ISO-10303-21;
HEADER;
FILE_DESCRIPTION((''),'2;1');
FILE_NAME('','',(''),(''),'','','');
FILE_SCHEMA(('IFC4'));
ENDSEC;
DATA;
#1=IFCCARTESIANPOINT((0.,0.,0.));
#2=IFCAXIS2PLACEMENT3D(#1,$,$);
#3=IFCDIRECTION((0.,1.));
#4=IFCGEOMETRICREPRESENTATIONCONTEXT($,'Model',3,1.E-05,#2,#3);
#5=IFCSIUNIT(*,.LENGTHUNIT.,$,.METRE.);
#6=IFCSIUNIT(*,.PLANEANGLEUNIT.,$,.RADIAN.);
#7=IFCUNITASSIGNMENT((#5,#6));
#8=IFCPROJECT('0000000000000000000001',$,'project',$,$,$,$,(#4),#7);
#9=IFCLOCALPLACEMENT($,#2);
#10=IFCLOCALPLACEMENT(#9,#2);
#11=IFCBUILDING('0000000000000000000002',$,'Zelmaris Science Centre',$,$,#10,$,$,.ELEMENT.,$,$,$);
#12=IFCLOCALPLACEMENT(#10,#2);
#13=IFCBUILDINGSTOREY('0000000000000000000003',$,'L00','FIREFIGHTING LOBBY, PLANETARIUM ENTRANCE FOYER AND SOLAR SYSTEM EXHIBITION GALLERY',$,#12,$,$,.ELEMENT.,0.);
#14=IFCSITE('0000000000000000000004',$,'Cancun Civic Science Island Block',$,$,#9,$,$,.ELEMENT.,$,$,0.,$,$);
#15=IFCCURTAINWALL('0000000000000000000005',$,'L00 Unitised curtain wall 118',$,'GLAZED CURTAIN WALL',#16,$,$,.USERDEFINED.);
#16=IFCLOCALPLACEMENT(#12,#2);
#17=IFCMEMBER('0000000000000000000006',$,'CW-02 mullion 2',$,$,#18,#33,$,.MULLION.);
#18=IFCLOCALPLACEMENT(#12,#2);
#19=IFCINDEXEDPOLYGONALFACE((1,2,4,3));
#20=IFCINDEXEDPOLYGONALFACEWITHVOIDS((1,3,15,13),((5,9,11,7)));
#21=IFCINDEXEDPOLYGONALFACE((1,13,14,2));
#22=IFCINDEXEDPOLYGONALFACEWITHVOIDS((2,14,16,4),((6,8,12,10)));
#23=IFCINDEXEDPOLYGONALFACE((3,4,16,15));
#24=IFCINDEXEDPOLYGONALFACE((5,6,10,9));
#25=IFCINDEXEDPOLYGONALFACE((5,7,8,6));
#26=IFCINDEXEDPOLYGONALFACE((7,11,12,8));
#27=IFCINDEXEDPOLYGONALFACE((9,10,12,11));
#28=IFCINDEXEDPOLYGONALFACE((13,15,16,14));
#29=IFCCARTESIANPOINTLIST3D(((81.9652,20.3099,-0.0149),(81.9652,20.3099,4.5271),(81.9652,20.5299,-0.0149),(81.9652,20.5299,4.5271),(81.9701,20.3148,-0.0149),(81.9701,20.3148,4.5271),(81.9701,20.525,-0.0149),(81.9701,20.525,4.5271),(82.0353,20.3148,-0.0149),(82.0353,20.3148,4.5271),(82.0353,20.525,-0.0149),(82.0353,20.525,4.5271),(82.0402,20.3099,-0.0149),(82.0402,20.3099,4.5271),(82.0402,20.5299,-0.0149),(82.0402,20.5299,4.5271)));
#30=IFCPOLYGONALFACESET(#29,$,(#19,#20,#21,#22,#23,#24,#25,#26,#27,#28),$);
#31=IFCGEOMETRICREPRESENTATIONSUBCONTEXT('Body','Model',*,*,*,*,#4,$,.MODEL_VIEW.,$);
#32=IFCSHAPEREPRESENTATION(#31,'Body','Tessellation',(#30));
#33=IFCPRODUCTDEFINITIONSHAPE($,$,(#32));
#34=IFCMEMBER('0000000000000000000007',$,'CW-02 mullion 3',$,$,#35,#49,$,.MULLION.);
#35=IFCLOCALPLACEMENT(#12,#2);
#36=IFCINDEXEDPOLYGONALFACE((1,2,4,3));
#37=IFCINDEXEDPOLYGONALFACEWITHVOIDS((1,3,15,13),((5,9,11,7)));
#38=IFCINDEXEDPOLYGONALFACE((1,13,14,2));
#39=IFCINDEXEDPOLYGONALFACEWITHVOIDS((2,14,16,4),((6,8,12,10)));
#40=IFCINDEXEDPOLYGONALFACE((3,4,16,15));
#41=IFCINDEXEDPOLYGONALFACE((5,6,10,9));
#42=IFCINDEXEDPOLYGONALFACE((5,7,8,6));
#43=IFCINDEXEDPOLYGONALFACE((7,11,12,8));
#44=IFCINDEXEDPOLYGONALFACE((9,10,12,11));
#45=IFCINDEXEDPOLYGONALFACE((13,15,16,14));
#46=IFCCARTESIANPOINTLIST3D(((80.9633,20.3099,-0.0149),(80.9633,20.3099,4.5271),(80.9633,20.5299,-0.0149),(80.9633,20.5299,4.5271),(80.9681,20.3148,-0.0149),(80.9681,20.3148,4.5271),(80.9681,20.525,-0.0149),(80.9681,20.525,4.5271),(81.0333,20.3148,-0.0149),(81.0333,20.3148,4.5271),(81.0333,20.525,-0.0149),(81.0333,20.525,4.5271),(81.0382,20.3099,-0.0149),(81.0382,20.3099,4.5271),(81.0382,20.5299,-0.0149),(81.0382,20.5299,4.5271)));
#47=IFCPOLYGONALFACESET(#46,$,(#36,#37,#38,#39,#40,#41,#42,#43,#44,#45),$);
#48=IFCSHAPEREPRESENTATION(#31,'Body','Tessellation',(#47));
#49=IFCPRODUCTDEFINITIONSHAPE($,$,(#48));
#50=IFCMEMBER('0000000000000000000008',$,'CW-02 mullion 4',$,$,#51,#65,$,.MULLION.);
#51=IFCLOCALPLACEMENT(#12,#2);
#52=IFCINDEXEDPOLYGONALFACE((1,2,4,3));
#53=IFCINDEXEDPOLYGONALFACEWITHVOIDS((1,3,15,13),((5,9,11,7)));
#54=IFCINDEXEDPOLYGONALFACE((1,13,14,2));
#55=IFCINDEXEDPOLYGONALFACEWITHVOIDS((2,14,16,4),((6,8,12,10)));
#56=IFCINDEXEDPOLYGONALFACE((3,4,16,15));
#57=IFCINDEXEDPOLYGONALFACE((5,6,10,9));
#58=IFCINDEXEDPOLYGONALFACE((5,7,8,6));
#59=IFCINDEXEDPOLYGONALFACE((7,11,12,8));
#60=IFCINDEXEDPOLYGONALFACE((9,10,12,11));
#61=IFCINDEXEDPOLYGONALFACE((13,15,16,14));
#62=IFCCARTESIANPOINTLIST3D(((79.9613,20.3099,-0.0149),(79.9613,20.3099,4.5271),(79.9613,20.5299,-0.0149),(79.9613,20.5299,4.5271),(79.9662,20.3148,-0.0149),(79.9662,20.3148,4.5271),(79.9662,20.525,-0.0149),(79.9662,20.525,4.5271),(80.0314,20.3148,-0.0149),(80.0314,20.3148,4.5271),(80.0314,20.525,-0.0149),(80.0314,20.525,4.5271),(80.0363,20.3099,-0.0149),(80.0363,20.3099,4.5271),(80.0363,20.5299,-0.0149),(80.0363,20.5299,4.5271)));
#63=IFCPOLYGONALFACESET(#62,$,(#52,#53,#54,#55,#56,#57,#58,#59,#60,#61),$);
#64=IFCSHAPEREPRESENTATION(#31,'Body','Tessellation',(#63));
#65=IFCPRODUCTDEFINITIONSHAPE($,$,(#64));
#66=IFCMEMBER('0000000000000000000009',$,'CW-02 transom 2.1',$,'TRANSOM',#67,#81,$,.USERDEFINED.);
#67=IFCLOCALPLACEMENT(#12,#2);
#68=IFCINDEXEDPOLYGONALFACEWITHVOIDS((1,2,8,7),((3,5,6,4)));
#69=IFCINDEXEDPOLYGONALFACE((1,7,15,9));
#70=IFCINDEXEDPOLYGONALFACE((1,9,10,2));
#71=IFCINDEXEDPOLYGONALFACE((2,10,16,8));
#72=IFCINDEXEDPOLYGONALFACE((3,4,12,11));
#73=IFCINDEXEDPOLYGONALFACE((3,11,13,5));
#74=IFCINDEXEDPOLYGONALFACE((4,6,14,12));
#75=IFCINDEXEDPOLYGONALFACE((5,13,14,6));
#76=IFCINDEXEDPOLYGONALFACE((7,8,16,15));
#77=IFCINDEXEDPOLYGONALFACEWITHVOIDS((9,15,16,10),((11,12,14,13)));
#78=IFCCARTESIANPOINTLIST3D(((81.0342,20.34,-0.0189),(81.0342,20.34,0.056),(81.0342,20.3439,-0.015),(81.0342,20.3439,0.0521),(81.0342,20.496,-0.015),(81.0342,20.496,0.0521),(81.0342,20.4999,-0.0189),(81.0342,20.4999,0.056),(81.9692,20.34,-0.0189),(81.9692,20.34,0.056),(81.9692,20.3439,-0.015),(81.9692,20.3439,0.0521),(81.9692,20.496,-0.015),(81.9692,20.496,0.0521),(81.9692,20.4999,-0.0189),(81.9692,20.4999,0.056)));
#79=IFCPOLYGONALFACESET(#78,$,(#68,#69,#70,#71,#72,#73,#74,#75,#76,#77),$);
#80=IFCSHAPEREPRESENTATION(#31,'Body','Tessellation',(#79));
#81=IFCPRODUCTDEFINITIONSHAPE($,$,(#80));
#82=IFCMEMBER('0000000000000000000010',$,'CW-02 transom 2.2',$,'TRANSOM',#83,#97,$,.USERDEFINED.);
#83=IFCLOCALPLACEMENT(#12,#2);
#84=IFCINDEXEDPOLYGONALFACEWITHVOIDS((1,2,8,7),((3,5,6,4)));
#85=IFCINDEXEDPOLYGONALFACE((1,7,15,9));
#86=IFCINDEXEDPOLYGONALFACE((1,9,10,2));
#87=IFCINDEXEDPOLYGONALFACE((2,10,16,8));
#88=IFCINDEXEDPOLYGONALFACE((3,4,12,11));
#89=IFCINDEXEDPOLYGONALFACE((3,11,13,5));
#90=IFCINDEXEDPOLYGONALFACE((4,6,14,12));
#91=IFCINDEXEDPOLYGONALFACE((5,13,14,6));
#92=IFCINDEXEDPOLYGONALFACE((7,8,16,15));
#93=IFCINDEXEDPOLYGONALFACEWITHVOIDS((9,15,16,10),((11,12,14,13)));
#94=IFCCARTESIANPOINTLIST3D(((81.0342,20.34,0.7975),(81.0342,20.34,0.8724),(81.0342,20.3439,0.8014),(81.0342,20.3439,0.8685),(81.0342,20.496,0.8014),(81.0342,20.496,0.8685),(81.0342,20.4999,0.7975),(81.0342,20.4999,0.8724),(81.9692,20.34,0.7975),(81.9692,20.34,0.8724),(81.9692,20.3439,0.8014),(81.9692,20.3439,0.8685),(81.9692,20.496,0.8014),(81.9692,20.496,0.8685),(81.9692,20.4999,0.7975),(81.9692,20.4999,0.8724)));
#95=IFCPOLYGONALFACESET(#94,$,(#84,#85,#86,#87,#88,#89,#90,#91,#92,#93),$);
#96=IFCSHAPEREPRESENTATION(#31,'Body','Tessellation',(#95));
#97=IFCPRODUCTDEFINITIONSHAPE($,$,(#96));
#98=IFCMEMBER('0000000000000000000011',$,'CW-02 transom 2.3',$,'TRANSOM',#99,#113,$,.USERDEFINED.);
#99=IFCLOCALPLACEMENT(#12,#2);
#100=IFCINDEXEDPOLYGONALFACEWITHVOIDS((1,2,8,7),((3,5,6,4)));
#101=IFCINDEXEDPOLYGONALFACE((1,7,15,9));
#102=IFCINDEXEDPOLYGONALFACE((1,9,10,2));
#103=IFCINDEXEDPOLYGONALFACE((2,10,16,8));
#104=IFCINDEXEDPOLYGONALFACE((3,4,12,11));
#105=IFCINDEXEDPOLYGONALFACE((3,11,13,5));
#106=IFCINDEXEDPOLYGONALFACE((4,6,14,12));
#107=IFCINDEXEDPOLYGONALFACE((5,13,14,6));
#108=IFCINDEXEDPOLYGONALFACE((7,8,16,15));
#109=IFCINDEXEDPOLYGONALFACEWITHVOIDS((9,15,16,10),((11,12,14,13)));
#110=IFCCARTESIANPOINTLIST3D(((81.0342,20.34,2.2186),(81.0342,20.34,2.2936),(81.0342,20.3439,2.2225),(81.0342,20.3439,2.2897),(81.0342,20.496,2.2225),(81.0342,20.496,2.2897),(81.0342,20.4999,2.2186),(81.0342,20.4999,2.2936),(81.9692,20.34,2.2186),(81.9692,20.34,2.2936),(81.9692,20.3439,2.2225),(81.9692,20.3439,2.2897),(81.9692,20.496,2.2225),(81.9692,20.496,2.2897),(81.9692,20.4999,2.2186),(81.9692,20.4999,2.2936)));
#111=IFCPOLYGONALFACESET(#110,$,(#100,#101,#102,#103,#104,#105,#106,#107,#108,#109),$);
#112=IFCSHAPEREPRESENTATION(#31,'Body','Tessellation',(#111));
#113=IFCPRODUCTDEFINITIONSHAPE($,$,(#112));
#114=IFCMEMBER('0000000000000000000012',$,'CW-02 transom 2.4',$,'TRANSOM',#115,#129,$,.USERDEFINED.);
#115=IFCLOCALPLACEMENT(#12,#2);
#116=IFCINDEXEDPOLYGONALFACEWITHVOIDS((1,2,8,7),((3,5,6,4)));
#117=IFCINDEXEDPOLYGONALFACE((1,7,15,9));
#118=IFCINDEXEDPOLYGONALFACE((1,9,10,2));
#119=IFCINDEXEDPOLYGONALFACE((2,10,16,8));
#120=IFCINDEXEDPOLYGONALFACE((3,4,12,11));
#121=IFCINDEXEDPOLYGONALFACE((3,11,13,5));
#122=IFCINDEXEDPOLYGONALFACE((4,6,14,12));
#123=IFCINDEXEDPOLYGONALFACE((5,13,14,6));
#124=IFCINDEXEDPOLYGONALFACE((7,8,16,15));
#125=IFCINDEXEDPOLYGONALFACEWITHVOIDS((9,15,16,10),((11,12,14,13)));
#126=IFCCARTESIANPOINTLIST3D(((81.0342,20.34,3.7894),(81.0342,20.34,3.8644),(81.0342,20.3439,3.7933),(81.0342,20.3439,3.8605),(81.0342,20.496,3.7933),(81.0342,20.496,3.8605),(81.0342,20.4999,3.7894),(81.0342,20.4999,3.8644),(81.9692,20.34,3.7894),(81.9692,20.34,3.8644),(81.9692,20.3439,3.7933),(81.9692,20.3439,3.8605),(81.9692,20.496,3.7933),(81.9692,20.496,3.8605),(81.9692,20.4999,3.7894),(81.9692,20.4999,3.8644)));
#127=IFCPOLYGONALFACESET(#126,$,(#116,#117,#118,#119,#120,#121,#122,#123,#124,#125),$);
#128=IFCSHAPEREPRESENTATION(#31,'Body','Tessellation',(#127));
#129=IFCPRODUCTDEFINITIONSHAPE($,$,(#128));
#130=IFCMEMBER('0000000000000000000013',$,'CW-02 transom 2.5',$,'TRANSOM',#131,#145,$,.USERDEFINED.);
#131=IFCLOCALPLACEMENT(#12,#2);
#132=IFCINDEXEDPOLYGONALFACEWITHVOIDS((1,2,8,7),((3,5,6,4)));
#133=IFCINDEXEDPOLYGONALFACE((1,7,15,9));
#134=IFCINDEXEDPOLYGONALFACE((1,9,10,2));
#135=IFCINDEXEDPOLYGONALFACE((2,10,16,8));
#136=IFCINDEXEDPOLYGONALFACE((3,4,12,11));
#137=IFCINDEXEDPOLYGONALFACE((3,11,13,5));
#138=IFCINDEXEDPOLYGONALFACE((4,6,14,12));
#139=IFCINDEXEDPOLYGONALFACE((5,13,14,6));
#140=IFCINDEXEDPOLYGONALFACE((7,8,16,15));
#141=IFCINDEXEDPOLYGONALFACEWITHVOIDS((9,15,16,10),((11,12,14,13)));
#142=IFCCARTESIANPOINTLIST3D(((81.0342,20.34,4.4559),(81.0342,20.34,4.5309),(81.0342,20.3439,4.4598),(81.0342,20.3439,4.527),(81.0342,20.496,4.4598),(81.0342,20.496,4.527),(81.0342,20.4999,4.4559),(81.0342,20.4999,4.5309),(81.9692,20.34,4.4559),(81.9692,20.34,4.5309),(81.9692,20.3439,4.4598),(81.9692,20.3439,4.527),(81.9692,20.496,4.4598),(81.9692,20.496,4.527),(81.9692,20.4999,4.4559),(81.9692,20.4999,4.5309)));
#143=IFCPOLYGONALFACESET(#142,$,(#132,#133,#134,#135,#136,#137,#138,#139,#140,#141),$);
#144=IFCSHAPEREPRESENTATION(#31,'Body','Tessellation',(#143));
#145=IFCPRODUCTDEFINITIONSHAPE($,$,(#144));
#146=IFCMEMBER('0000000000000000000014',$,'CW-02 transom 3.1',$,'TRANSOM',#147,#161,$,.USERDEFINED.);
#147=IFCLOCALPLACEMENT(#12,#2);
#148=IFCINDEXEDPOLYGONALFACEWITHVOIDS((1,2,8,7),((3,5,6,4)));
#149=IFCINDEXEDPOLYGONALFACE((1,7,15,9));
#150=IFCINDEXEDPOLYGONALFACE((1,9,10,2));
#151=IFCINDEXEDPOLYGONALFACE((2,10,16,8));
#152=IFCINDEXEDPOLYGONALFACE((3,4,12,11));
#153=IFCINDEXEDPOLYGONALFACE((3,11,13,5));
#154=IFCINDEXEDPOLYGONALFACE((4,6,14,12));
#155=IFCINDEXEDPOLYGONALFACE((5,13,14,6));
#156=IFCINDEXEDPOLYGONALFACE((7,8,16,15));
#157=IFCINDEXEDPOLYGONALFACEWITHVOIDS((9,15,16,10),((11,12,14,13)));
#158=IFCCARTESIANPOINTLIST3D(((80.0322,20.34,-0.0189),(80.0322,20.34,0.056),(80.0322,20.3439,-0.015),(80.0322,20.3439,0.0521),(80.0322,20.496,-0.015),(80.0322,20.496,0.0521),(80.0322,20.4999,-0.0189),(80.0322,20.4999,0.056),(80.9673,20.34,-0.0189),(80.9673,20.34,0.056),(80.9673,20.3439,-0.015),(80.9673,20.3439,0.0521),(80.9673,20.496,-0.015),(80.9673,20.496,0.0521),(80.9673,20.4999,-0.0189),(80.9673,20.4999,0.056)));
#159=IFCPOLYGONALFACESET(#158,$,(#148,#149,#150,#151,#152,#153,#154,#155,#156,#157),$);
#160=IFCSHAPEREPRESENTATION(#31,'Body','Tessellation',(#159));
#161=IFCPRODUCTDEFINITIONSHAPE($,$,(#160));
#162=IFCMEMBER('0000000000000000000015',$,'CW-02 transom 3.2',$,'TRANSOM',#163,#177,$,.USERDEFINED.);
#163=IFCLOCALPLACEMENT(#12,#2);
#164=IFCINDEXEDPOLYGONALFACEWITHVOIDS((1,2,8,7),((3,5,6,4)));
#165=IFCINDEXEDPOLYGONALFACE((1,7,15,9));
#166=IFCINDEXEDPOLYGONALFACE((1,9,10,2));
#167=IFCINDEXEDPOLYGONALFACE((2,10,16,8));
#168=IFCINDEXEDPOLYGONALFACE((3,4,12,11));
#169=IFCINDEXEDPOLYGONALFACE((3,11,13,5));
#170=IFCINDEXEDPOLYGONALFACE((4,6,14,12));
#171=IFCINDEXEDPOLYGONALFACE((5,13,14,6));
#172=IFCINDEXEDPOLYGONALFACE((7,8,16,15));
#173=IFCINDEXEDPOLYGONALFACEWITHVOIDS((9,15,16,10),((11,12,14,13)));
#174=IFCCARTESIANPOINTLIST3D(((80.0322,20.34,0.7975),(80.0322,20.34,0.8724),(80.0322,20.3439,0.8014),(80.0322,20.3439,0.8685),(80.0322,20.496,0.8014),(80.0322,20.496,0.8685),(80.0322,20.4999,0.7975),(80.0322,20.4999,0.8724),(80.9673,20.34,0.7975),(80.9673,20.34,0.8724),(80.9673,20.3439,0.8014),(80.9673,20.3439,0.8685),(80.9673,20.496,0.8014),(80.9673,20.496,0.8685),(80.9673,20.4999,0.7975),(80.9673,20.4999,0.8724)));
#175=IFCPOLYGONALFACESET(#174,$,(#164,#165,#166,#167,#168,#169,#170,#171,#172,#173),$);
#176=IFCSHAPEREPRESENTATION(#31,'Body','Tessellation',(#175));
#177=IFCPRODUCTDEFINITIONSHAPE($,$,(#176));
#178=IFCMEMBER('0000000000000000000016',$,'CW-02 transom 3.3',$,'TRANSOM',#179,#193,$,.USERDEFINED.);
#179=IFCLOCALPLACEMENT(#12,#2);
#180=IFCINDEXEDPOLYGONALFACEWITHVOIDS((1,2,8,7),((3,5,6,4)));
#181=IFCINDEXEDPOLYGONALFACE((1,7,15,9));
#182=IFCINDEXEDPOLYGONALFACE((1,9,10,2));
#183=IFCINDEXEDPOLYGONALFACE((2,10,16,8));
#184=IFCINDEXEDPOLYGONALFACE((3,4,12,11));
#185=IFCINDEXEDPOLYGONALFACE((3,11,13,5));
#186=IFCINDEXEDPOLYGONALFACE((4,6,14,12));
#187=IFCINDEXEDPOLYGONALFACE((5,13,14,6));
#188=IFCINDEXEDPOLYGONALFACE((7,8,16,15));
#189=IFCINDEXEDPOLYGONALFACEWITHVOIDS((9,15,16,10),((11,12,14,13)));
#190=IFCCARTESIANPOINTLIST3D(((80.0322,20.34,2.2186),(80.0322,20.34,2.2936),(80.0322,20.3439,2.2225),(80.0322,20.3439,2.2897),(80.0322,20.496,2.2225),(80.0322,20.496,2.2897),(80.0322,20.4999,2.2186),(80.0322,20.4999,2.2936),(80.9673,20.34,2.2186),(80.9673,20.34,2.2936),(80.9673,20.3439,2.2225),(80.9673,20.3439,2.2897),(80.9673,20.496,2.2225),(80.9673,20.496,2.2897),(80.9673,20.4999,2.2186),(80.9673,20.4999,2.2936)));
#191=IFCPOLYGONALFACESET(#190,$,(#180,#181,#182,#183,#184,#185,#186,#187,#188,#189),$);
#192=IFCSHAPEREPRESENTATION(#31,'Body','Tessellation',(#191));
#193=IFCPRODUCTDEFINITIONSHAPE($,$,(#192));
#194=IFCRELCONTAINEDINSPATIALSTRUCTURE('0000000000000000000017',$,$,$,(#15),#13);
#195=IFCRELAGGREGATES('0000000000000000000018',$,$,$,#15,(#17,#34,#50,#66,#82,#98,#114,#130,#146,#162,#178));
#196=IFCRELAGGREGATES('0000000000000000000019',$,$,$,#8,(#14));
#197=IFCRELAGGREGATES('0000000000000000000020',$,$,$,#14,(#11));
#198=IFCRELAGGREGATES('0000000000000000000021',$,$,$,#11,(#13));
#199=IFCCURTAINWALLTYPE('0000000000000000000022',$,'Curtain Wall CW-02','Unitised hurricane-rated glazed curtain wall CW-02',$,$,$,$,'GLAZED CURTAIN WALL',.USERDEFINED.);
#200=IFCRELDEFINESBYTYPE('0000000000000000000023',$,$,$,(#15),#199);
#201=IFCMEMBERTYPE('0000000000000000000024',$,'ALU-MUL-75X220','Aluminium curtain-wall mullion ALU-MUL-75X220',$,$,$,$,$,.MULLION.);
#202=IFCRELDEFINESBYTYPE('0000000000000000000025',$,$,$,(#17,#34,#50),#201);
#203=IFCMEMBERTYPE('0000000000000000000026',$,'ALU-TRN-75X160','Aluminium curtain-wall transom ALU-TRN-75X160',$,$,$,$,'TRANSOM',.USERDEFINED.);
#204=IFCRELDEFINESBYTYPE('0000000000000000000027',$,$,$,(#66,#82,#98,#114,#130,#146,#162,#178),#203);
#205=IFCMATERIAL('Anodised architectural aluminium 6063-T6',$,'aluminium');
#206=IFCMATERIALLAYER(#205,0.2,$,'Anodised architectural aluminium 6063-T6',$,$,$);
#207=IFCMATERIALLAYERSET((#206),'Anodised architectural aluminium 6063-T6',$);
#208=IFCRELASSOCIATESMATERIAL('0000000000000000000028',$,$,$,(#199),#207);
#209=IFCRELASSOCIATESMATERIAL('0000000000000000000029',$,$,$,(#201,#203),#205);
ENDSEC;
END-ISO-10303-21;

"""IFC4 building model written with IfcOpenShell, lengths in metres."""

from ifc_helpers import new_model, si_unit, direction, frame, origin, origin_2d, place, context, subcontext, project, spatial, hollow_rectangle, extrude, material, layer, layer_set, material_profile, profile_set, type_object, element, aggregate, save


model = new_model("IFC4")

# Units and contexts
model_context = context("Model", 3, precision=1e-05, world=origin(), true_north=direction((0.0, 1.0)))
body_context = subcontext(model_context, "Body", "Model", "MODEL_VIEW")
ifc_project = project(units=[si_unit("LENGTHUNIT", "METRE"), si_unit("PLANEANGLEUNIT", "RADIAN")], contexts=[model_context])

# Site, building, storey
site_placement = place(None, origin())
site = spatial("IfcSite", under=ifc_project, at=site_placement, Name="Cancun Civic Science Island Block", CompositionType="ELEMENT", RefElevation=0.0)
building_placement = place(site_placement, origin())
building = spatial("IfcBuilding", under=site, at=building_placement, Name="Zelmaris Science Centre", CompositionType="ELEMENT")
storey_placement = place(building_placement, origin())
storey = spatial("IfcBuildingStorey", under=building, at=storey_placement, Name="L00", Description="FIREFIGHTING LOBBY, PLANETARIUM ENTRANCE FOYER AND SOLAR SYSTEM EXHIBITION GALLERY", CompositionType="ELEMENT", Elevation=0.0)

# Curtain wall, members
ifc_material_1 = material(Name="Anodised architectural aluminium 6063-T6", Category="aluminium")
ifc_layer_1 = layer(ifc_material_1, 0.2, Name="Anodised architectural aluminium 6063-T6")
ifc_layer_set_1 = layer_set([ifc_layer_1], Name="Anodised architectural aluminium 6063-T6")
curtain_wall_type = type_object("IfcCurtainWallType", Name="Curtain Wall CW-02", Description="Unitised hurricane-rated glazed curtain wall CW-02", ElementType="GLAZED CURTAIN WALL", PredefinedType="USERDEFINED", material=ifc_layer_set_1)
curtain_wall_placement = place(storey_placement, origin())
curtain_wall = element("IfcCurtainWall", 1, at=curtain_wall_placement, inside=storey, type_object=curtain_wall_type, Name="L00 Unitised curtain wall 118", ObjectType="GLAZED CURTAIN WALL", PredefinedType="USERDEFINED")
ifc_material_profile_1 = material_profile(ifc_material_1, hollow_rectangle(XDim=0.075, YDim=0.22, WallThickness=0.0049, at=origin_2d()), Name="ALU-MUL-75X220")
ifc_profile_set_1 = profile_set([ifc_material_profile_1], Name="Anodised architectural aluminium 6063-T6")
member_type_1 = type_object("IfcMemberType", Name="ALU-MUL-75X220", Description="Aluminium curtain-wall mullion ALU-MUL-75X220", PredefinedType="MULLION", material=ifc_profile_set_1)
member_1_placement = place(storey_placement, frame((82.0027, 20.4199, -0.0149), z_axis=(0.0, 0.0, 1.0), x_axis=(-1.0, -0.000003, 0.0)))
member_1 = element("IfcMember", 2, at=member_1_placement, type_object=member_type_1, Name="CW-02 mullion 2", PredefinedType="MULLION", context=body_context, shape_type="SweptSolid", body=[
    extrude(hollow_rectangle(XDim=0.075, YDim=0.22, WallThickness=0.0049, at=origin_2d()), origin(), (0.0, 0.0, 1.0), 4.542),
])
member_2_placement = place(storey_placement, frame((81.0007, 20.4199, -0.0149), z_axis=(0.0, 0.0, 1.0), x_axis=(-1.0, -0.000003, 0.0)))
member_2 = element("IfcMember", 3, at=member_2_placement, type_object=member_type_1, Name="CW-02 mullion 3", PredefinedType="MULLION", context=body_context, shape_type="SweptSolid", body=[
    extrude(hollow_rectangle(XDim=0.075, YDim=0.22, WallThickness=0.0049, at=origin_2d()), origin(), (0.0, 0.0, 1.0), 4.542),
])
member_3_placement = place(storey_placement, frame((79.9988, 20.4199, -0.0149), z_axis=(0.0, 0.0, 1.0), x_axis=(-1.0, -0.000003, 0.0)))
member_3 = element("IfcMember", 4, at=member_3_placement, type_object=member_type_1, Name="CW-02 mullion 4", PredefinedType="MULLION", context=body_context, shape_type="SweptSolid", body=[
    extrude(hollow_rectangle(XDim=0.075, YDim=0.22, WallThickness=0.0049, at=origin_2d()), origin(), (0.0, 0.0, 1.0), 4.542),
])
ifc_material_profile_2 = material_profile(ifc_material_1, hollow_rectangle(XDim=0.075, YDim=0.1599, WallThickness=0.0039, at=origin_2d()), Name="ALU-TRN-75X160")
ifc_profile_set_2 = profile_set([ifc_material_profile_2], Name="Anodised architectural aluminium 6063-T6")
member_type_2 = type_object("IfcMemberType", Name="ALU-TRN-75X160", Description="Aluminium curtain-wall transom ALU-TRN-75X160", ElementType="TRANSOM", PredefinedType="USERDEFINED", material=ifc_profile_set_2)
member_4_placement = place(storey_placement, frame((81.9692, 20.4199, 0.0186), z_axis=(-1.0, 0.0, 0.0), x_axis=(0.0, 0.0, 1.0)))
member_4 = element("IfcMember", 5, at=member_4_placement, type_object=member_type_2, Name="CW-02 transom 2.1", ObjectType="TRANSOM", PredefinedType="USERDEFINED", context=body_context, shape_type="SweptSolid", body=[
    extrude(hollow_rectangle(XDim=0.075, YDim=0.1599, WallThickness=0.0039, at=origin_2d()), origin(), (0.0, 0.0, 1.0), 0.9351),
])
member_5_placement = place(storey_placement, frame((81.9692, 20.4199, 0.835), z_axis=(-1.0, 0.0, 0.0), x_axis=(0.0, 0.0, 1.0)))
member_5 = element("IfcMember", 6, at=member_5_placement, type_object=member_type_2, Name="CW-02 transom 2.2", ObjectType="TRANSOM", PredefinedType="USERDEFINED", context=body_context, shape_type="SweptSolid", body=[
    extrude(hollow_rectangle(XDim=0.075, YDim=0.1599, WallThickness=0.0039, at=origin_2d()), origin(), (0.0, 0.0, 1.0), 0.9351),
])
member_6_placement = place(storey_placement, frame((81.9692, 20.4199, 2.2561), z_axis=(-1.0, 0.0, 0.0), x_axis=(0.0, 0.0, 1.0)))
member_6 = element("IfcMember", 7, at=member_6_placement, type_object=member_type_2, Name="CW-02 transom 2.3", ObjectType="TRANSOM", PredefinedType="USERDEFINED", context=body_context, shape_type="SweptSolid", body=[
    extrude(hollow_rectangle(XDim=0.075, YDim=0.1599, WallThickness=0.0039, at=origin_2d()), origin(), (0.0, 0.0, 1.0), 0.9351),
])
member_7_placement = place(storey_placement, frame((81.9692, 20.4199, 3.8269), z_axis=(-1.0, 0.0, 0.0), x_axis=(0.0, 0.0, 1.0)))
member_7 = element("IfcMember", 8, at=member_7_placement, type_object=member_type_2, Name="CW-02 transom 2.4", ObjectType="TRANSOM", PredefinedType="USERDEFINED", context=body_context, shape_type="SweptSolid", body=[
    extrude(hollow_rectangle(XDim=0.075, YDim=0.1599, WallThickness=0.0039, at=origin_2d()), origin(), (0.0, 0.0, 1.0), 0.9351),
])
member_8_placement = place(storey_placement, frame((81.9692, 20.4199, 4.4934), z_axis=(-1.0, 0.0, 0.0), x_axis=(0.0, 0.0, 1.0)))
member_8 = element("IfcMember", 9, at=member_8_placement, type_object=member_type_2, Name="CW-02 transom 2.5", ObjectType="TRANSOM", PredefinedType="USERDEFINED", context=body_context, shape_type="SweptSolid", body=[
    extrude(hollow_rectangle(XDim=0.075, YDim=0.1599, WallThickness=0.0039, at=origin_2d()), origin(), (0.0, 0.0, 1.0), 0.9351),
])
member_9_placement = place(storey_placement, frame((80.9673, 20.4199, 0.0186), z_axis=(-1.0, 0.0, 0.0), x_axis=(0.0, 0.0, 1.0)))
member_9 = element("IfcMember", 10, at=member_9_placement, type_object=member_type_2, Name="CW-02 transom 3.1", ObjectType="TRANSOM", PredefinedType="USERDEFINED", context=body_context, shape_type="SweptSolid", body=[
    extrude(hollow_rectangle(XDim=0.075, YDim=0.1599, WallThickness=0.0039, at=origin_2d()), origin(), (0.0, 0.0, 1.0), 0.9351),
])
member_10_placement = place(storey_placement, frame((80.9673, 20.4199, 0.835), z_axis=(-1.0, 0.0, 0.0), x_axis=(0.0, 0.0, 1.0)))
member_10 = element("IfcMember", 11, at=member_10_placement, type_object=member_type_2, Name="CW-02 transom 3.2", ObjectType="TRANSOM", PredefinedType="USERDEFINED", context=body_context, shape_type="SweptSolid", body=[
    extrude(hollow_rectangle(XDim=0.075, YDim=0.1599, WallThickness=0.0039, at=origin_2d()), origin(), (0.0, 0.0, 1.0), 0.9351),
])
member_11_placement = place(storey_placement, frame((80.9673, 20.4199, 2.2561), z_axis=(-1.0, 0.0, 0.0), x_axis=(0.0, 0.0, 1.0)))
member_11 = element("IfcMember", 12, at=member_11_placement, type_object=member_type_2, Name="CW-02 transom 3.3", ObjectType="TRANSOM", PredefinedType="USERDEFINED", context=body_context, shape_type="SweptSolid", body=[
    extrude(hollow_rectangle(XDim=0.075, YDim=0.1599, WallThickness=0.0039, at=origin_2d()), origin(), (0.0, 0.0, 1.0), 0.9351),
])

aggregate(curtain_wall, [member_1, member_2, member_3, member_4, member_5, member_6, member_7, member_8, member_9, member_10, member_11])

save(model, "model.ifc")
